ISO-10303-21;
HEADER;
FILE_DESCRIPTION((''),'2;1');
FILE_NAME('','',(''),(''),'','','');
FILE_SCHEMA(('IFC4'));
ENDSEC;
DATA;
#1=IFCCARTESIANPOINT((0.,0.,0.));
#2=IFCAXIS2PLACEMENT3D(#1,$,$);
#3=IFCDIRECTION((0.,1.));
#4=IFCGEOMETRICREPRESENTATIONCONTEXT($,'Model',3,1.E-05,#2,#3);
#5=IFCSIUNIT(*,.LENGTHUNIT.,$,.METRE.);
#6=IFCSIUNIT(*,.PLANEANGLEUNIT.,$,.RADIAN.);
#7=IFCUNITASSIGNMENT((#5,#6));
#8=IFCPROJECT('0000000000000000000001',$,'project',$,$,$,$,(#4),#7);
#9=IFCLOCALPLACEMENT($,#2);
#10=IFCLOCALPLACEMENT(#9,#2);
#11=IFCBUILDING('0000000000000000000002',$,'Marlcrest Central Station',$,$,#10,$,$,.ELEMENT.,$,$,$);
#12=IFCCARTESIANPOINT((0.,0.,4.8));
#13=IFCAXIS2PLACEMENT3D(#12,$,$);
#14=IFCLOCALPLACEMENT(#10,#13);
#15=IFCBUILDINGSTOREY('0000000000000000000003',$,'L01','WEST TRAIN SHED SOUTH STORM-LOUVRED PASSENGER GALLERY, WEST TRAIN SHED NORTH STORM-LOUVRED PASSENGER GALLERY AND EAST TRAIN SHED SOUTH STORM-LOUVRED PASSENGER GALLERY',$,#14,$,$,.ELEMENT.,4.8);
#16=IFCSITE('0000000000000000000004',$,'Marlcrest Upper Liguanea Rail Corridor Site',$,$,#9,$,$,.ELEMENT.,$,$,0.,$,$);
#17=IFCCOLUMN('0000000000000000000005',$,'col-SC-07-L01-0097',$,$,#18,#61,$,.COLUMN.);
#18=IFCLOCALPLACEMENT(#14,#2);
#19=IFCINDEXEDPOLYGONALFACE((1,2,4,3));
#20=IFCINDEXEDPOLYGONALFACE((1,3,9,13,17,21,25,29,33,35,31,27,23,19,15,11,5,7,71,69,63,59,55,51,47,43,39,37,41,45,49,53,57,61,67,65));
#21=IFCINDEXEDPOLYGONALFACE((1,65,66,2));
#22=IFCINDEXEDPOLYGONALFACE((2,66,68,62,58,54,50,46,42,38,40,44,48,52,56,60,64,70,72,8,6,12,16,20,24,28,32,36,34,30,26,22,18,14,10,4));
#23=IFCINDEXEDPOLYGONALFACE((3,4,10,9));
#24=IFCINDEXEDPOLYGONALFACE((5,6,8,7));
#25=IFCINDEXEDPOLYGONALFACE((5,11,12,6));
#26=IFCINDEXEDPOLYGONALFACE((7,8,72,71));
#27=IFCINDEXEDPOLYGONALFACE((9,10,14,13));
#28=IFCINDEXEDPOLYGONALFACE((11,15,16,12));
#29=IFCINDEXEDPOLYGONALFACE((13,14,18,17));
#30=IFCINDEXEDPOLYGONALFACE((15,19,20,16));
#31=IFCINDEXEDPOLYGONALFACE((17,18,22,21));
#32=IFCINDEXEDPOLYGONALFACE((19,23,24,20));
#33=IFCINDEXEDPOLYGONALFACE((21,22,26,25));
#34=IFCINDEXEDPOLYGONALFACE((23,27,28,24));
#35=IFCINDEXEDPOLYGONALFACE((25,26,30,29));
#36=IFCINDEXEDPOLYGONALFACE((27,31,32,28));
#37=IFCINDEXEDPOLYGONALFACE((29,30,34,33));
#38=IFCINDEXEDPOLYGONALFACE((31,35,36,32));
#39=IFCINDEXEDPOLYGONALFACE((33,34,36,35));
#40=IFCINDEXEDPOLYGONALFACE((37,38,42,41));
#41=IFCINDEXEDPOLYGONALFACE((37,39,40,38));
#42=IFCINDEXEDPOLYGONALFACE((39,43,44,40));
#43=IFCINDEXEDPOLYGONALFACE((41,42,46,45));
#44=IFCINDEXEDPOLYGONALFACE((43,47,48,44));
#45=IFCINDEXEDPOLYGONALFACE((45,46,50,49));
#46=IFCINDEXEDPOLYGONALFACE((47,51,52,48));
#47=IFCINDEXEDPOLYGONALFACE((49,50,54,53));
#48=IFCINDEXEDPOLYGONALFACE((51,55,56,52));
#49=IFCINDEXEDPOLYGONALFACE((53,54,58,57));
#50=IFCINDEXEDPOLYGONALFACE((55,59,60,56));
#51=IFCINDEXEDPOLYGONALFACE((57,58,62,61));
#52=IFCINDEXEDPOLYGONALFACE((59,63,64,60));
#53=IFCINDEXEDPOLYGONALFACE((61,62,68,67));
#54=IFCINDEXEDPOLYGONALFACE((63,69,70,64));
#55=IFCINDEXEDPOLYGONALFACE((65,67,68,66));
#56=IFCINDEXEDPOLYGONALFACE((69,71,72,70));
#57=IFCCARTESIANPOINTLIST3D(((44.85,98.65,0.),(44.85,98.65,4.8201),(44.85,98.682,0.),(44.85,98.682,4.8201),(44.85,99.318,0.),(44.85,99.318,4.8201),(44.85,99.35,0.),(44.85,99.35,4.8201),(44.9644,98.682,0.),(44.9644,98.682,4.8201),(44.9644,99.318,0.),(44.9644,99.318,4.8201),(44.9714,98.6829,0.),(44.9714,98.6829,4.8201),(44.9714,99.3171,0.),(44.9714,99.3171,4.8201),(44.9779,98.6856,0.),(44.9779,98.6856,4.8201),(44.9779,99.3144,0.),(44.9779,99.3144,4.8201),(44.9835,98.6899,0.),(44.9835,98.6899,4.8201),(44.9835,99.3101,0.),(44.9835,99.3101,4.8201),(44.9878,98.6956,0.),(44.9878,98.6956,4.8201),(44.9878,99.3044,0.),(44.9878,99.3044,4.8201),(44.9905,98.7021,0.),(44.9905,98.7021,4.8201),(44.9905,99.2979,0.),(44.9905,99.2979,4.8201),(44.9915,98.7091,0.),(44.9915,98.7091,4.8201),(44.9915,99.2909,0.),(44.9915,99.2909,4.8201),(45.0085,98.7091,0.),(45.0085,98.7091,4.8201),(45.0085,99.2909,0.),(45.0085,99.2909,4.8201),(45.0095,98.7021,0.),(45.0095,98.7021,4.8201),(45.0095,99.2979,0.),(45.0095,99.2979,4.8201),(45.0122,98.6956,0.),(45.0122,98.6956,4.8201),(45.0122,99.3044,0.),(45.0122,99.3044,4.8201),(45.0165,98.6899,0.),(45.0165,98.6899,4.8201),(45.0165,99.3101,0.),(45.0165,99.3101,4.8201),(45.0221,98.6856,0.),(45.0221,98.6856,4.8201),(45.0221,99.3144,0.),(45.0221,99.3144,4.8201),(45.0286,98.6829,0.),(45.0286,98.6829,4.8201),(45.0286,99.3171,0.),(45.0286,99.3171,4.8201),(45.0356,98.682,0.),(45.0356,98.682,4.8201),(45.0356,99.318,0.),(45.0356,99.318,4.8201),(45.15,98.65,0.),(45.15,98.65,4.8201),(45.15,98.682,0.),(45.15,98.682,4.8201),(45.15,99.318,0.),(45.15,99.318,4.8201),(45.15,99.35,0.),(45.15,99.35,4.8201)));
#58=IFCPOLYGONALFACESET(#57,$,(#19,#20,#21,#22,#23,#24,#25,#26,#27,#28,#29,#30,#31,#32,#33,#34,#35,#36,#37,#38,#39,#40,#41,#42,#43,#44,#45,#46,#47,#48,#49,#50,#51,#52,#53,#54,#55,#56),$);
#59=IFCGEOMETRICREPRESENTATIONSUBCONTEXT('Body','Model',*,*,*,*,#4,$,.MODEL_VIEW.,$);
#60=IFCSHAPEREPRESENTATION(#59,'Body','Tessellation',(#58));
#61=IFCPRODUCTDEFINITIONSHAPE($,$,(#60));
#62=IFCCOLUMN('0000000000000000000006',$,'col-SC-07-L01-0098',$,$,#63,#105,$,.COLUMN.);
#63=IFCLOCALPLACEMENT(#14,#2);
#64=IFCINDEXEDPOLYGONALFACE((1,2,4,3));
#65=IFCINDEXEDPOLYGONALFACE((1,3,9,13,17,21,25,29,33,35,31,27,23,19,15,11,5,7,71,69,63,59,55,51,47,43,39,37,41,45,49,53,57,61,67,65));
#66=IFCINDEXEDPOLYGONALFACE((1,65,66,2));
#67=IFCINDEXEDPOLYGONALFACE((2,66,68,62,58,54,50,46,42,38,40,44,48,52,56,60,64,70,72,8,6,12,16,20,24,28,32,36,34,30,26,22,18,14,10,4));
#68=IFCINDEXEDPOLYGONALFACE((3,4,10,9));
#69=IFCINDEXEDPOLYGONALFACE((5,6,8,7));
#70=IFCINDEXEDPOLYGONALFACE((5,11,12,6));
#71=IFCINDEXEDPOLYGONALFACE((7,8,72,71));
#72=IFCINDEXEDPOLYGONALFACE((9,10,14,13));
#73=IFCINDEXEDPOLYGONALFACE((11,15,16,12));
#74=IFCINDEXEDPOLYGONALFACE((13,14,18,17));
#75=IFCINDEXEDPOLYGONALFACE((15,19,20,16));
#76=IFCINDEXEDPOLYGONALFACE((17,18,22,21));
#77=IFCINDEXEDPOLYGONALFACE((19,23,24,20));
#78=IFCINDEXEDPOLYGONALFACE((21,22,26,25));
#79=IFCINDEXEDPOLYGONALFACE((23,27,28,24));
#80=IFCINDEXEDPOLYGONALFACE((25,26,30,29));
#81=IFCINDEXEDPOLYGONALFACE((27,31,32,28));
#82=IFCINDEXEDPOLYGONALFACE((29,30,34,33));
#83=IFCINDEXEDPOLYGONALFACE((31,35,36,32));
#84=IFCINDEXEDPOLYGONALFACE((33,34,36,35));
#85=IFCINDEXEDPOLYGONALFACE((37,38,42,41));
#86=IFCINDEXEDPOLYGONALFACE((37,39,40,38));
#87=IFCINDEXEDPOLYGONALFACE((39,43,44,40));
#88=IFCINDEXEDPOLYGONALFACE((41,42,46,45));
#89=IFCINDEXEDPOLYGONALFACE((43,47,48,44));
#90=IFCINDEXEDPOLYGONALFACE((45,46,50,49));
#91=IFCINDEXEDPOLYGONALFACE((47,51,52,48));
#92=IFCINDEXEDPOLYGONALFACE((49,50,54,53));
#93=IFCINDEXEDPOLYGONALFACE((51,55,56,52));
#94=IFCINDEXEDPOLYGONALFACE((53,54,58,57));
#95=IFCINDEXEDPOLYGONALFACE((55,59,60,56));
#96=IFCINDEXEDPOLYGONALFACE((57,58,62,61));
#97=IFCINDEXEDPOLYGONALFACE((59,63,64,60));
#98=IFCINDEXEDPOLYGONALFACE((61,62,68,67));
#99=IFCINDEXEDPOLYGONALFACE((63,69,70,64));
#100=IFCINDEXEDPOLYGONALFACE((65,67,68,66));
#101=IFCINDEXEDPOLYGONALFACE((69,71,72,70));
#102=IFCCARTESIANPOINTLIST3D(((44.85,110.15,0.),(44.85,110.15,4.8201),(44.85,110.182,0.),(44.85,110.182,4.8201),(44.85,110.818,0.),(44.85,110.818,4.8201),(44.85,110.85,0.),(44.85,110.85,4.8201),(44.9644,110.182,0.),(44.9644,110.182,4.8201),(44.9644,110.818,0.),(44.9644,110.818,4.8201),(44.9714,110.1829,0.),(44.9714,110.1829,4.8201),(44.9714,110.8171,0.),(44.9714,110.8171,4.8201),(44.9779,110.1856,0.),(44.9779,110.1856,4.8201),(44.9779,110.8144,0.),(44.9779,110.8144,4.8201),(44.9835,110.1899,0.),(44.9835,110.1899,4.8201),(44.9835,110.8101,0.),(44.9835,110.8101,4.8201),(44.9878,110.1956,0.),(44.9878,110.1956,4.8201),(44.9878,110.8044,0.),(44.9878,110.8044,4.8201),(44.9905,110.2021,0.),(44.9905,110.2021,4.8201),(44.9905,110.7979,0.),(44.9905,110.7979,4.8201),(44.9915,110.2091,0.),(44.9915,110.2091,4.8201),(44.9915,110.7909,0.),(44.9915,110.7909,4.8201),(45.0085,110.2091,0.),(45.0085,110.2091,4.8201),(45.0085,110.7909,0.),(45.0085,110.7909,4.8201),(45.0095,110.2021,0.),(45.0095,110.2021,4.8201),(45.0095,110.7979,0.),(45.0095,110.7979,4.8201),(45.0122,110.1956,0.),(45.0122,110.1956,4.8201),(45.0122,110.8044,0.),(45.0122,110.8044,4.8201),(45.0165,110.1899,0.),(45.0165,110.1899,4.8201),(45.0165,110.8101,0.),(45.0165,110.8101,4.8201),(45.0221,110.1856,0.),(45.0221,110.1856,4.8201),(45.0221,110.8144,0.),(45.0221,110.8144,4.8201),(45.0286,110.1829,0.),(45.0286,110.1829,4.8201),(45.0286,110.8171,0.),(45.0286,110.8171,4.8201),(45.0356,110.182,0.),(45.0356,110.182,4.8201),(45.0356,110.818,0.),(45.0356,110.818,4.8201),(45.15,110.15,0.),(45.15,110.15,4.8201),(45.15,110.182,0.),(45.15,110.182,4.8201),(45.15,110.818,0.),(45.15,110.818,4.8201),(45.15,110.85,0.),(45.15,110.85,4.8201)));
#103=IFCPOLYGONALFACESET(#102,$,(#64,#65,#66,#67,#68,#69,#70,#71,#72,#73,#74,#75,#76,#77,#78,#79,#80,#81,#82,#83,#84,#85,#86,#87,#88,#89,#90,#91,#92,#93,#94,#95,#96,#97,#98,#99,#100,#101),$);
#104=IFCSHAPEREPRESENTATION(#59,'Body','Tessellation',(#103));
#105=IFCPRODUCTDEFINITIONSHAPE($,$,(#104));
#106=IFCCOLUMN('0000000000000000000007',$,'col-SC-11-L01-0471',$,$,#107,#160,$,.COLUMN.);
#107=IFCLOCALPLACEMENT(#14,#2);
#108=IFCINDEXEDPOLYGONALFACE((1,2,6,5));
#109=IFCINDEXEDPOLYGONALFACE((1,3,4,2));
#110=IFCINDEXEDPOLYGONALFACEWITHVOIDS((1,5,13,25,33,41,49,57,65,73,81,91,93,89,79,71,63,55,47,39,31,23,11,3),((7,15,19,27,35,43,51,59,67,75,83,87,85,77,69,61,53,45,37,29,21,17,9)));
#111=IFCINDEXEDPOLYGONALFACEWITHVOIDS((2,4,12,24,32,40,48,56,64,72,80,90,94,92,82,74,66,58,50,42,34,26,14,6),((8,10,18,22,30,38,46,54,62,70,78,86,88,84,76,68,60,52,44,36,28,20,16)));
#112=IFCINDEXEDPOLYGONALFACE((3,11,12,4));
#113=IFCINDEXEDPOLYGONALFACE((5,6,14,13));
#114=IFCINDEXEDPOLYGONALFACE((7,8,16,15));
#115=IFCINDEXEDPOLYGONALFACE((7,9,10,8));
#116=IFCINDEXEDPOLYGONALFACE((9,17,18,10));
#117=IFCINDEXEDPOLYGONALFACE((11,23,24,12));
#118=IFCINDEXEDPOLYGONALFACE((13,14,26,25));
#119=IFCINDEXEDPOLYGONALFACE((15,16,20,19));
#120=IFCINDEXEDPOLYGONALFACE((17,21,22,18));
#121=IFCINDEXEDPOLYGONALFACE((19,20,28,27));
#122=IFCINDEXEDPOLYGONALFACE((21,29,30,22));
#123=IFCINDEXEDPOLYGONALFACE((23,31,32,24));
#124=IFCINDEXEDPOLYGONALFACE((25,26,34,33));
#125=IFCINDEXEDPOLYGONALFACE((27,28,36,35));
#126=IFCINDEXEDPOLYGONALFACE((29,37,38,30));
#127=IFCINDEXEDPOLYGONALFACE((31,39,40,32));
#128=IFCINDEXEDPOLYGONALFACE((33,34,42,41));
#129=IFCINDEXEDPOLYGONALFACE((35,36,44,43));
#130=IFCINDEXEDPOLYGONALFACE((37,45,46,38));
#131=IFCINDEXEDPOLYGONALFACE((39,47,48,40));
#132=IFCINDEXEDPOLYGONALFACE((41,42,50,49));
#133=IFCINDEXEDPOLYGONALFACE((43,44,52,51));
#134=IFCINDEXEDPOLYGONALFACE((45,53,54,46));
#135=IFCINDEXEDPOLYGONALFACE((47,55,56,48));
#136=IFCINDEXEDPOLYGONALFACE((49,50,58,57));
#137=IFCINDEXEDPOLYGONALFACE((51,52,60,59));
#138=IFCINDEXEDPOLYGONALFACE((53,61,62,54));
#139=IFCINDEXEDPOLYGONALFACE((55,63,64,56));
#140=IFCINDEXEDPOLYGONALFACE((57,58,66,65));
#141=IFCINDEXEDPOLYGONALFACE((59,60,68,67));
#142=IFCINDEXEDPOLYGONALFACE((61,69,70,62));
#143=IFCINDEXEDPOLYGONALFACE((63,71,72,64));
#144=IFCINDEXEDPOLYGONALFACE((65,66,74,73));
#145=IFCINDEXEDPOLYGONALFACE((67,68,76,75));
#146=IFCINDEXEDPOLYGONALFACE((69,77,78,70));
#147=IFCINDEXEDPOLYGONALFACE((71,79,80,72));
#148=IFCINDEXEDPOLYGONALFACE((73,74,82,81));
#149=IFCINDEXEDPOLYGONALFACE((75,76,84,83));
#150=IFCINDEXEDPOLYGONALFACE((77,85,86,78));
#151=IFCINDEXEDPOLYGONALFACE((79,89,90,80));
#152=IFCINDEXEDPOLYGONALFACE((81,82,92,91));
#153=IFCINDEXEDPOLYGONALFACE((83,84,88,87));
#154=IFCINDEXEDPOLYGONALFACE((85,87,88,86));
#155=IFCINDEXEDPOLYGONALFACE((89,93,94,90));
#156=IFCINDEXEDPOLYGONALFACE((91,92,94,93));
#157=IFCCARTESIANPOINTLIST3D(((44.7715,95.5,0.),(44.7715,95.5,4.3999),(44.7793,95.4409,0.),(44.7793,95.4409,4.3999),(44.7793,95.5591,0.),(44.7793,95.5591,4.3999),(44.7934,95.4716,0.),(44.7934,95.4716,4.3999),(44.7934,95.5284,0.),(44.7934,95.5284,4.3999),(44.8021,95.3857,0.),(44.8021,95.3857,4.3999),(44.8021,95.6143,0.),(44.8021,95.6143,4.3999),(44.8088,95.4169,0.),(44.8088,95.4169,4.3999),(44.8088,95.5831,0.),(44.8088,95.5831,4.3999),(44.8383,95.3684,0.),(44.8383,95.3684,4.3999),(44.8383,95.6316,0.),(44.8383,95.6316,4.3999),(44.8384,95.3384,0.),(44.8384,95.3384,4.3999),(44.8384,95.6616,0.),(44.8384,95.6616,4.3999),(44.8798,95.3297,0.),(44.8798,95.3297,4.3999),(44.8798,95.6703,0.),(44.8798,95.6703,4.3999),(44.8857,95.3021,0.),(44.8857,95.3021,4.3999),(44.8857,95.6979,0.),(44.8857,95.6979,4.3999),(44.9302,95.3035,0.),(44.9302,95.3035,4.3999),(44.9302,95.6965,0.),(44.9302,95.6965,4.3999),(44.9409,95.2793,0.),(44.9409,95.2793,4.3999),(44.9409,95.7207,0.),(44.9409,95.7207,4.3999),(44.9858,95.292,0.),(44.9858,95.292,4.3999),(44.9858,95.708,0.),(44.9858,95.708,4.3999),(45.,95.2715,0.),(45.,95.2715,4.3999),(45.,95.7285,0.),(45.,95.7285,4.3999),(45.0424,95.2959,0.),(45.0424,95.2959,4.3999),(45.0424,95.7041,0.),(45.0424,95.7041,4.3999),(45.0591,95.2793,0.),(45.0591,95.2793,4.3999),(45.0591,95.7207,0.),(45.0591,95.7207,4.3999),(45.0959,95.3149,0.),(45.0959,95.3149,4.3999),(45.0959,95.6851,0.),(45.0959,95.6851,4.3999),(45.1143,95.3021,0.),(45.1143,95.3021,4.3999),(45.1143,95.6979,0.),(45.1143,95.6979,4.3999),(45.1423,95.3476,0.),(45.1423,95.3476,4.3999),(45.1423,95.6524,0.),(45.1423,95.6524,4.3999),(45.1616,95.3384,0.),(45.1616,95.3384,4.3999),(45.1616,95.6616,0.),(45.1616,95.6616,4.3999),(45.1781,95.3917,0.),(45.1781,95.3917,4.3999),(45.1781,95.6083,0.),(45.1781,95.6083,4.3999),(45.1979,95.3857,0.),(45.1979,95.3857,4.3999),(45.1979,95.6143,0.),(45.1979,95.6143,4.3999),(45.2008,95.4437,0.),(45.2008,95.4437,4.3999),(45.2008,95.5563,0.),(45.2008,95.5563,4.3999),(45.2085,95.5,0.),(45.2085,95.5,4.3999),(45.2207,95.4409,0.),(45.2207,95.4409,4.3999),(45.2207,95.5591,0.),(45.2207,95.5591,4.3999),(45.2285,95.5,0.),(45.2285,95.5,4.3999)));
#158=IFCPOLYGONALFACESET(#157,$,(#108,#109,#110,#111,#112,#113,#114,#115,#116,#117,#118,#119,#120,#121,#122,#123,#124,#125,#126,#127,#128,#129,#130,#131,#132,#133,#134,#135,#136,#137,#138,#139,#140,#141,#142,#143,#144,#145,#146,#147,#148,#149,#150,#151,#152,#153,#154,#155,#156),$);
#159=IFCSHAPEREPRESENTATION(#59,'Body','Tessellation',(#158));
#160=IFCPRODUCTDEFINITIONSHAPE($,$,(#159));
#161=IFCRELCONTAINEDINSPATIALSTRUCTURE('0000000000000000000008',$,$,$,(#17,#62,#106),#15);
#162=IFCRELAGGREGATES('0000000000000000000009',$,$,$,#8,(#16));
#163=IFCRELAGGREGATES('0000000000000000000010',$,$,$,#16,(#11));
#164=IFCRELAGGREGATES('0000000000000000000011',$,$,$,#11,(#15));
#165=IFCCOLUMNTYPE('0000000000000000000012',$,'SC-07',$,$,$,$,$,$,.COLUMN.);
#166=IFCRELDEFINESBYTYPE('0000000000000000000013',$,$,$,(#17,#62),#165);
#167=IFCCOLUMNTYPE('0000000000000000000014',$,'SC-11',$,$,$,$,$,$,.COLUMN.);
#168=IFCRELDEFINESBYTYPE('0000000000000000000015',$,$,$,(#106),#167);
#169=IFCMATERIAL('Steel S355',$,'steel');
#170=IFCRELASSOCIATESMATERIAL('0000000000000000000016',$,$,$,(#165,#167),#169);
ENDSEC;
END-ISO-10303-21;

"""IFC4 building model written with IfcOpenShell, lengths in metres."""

from ifc_helpers import new_model, si_unit, direction, frame, origin, origin_2d, place, context, subcontext, project, spatial, hollow_circle, i_section, extrude, material, material_profile, profile_set, type_object, element, save


model = new_model("IFC4")

# Units and contexts
model_context = context("Model", 3, precision=1e-05, world=origin(), true_north=direction((0.0, 1.0)))
body_context = subcontext(model_context, "Body", "Model", "MODEL_VIEW")
ifc_project = project(units=[si_unit("LENGTHUNIT", "METRE"), si_unit("PLANEANGLEUNIT", "RADIAN")], contexts=[model_context])

# Site, building, storey
site_placement = place(None, origin())
site = spatial("IfcSite", under=ifc_project, at=site_placement, Name="Marlcrest Upper Liguanea Rail Corridor Site", CompositionType="ELEMENT", RefElevation=0.0)
building_placement = place(site_placement, origin())
building = spatial("IfcBuilding", under=site, at=building_placement, Name="Marlcrest Central Station", CompositionType="ELEMENT")
storey_placement = place(building_placement, frame((0.0, 0.0, 4.8)))
storey = spatial("IfcBuildingStorey", under=building, at=storey_placement, Name="L01", Description="WEST TRAIN SHED SOUTH STORM-LOUVRED PASSENGER GALLERY, WEST TRAIN SHED NORTH STORM-LOUVRED PASSENGER GALLERY AND EAST TRAIN SHED SOUTH STORM-LOUVRED PASSENGER GALLERY", CompositionType="ELEMENT", Elevation=4.8)

# Columns
ifc_material_1 = material(Name="Steel S355", Category="steel")
ifc_material_profile_1 = material_profile(ifc_material_1, i_section(OverallWidth=0.3, OverallDepth=0.7, WebThickness=0.0171, FlangeThickness=0.032, FilletRadius=0.0271, at=origin_2d()), Name="HEB 700")
ifc_profile_set_1 = profile_set([ifc_material_profile_1], Name="Steel S355")
column_type_1 = type_object("IfcColumnType", Name="SC-07", PredefinedType="COLUMN", material=ifc_profile_set_1)
for number, where, z_axis, x_axis, name in (
    (1, (45.0, 99.0, 0.0), (0.0, 0.0, 1.0), (1.0, 0.0, 0.0), "col-SC-07-L01-0097"),
    (2, (45.0, 110.5, 0.0), (0.0, 0.0, 1.0), (1.0, 0.0, 0.0), "col-SC-07-L01-0098"),
):
    element("IfcColumn", number, at=place(storey_placement, frame(where, z_axis=z_axis, x_axis=x_axis)), inside=storey, type_object=column_type_1, Name=name, PredefinedType="COLUMN", context=body_context, shape_type="SweptSolid", body=[
        extrude(i_section(OverallWidth=0.3, OverallDepth=0.7, WebThickness=0.0171, FlangeThickness=0.032, FilletRadius=0.0271, at=origin_2d()), origin(), (0.0, 0.0, 1.0), 4.8201),
    ])
ifc_material_profile_2 = material_profile(ifc_material_1, hollow_circle(Radius=0.2285, WallThickness=0.02, at=origin_2d()), Name="CHS 457x20")
ifc_profile_set_2 = profile_set([ifc_material_profile_2], Name="Steel S355")
column_type_2 = type_object("IfcColumnType", Name="SC-11", PredefinedType="COLUMN", material=ifc_profile_set_2)
column_placement = place(storey_placement, frame((45.0, 95.5, 0.0), z_axis=(0.0, 0.0, 1.0), x_axis=(1.0, 0.0, 0.0)))
element("IfcColumn", 3, at=column_placement, inside=storey, type_object=column_type_2, Name="col-SC-11-L01-0471", PredefinedType="COLUMN", context=body_context, shape_type="SweptSolid", body=[
    extrude(hollow_circle(Radius=0.2285, WallThickness=0.02, at=origin_2d()), origin(), (0.0, 0.0, 1.0), 4.3999),
])

save(model, "model.ifc")
